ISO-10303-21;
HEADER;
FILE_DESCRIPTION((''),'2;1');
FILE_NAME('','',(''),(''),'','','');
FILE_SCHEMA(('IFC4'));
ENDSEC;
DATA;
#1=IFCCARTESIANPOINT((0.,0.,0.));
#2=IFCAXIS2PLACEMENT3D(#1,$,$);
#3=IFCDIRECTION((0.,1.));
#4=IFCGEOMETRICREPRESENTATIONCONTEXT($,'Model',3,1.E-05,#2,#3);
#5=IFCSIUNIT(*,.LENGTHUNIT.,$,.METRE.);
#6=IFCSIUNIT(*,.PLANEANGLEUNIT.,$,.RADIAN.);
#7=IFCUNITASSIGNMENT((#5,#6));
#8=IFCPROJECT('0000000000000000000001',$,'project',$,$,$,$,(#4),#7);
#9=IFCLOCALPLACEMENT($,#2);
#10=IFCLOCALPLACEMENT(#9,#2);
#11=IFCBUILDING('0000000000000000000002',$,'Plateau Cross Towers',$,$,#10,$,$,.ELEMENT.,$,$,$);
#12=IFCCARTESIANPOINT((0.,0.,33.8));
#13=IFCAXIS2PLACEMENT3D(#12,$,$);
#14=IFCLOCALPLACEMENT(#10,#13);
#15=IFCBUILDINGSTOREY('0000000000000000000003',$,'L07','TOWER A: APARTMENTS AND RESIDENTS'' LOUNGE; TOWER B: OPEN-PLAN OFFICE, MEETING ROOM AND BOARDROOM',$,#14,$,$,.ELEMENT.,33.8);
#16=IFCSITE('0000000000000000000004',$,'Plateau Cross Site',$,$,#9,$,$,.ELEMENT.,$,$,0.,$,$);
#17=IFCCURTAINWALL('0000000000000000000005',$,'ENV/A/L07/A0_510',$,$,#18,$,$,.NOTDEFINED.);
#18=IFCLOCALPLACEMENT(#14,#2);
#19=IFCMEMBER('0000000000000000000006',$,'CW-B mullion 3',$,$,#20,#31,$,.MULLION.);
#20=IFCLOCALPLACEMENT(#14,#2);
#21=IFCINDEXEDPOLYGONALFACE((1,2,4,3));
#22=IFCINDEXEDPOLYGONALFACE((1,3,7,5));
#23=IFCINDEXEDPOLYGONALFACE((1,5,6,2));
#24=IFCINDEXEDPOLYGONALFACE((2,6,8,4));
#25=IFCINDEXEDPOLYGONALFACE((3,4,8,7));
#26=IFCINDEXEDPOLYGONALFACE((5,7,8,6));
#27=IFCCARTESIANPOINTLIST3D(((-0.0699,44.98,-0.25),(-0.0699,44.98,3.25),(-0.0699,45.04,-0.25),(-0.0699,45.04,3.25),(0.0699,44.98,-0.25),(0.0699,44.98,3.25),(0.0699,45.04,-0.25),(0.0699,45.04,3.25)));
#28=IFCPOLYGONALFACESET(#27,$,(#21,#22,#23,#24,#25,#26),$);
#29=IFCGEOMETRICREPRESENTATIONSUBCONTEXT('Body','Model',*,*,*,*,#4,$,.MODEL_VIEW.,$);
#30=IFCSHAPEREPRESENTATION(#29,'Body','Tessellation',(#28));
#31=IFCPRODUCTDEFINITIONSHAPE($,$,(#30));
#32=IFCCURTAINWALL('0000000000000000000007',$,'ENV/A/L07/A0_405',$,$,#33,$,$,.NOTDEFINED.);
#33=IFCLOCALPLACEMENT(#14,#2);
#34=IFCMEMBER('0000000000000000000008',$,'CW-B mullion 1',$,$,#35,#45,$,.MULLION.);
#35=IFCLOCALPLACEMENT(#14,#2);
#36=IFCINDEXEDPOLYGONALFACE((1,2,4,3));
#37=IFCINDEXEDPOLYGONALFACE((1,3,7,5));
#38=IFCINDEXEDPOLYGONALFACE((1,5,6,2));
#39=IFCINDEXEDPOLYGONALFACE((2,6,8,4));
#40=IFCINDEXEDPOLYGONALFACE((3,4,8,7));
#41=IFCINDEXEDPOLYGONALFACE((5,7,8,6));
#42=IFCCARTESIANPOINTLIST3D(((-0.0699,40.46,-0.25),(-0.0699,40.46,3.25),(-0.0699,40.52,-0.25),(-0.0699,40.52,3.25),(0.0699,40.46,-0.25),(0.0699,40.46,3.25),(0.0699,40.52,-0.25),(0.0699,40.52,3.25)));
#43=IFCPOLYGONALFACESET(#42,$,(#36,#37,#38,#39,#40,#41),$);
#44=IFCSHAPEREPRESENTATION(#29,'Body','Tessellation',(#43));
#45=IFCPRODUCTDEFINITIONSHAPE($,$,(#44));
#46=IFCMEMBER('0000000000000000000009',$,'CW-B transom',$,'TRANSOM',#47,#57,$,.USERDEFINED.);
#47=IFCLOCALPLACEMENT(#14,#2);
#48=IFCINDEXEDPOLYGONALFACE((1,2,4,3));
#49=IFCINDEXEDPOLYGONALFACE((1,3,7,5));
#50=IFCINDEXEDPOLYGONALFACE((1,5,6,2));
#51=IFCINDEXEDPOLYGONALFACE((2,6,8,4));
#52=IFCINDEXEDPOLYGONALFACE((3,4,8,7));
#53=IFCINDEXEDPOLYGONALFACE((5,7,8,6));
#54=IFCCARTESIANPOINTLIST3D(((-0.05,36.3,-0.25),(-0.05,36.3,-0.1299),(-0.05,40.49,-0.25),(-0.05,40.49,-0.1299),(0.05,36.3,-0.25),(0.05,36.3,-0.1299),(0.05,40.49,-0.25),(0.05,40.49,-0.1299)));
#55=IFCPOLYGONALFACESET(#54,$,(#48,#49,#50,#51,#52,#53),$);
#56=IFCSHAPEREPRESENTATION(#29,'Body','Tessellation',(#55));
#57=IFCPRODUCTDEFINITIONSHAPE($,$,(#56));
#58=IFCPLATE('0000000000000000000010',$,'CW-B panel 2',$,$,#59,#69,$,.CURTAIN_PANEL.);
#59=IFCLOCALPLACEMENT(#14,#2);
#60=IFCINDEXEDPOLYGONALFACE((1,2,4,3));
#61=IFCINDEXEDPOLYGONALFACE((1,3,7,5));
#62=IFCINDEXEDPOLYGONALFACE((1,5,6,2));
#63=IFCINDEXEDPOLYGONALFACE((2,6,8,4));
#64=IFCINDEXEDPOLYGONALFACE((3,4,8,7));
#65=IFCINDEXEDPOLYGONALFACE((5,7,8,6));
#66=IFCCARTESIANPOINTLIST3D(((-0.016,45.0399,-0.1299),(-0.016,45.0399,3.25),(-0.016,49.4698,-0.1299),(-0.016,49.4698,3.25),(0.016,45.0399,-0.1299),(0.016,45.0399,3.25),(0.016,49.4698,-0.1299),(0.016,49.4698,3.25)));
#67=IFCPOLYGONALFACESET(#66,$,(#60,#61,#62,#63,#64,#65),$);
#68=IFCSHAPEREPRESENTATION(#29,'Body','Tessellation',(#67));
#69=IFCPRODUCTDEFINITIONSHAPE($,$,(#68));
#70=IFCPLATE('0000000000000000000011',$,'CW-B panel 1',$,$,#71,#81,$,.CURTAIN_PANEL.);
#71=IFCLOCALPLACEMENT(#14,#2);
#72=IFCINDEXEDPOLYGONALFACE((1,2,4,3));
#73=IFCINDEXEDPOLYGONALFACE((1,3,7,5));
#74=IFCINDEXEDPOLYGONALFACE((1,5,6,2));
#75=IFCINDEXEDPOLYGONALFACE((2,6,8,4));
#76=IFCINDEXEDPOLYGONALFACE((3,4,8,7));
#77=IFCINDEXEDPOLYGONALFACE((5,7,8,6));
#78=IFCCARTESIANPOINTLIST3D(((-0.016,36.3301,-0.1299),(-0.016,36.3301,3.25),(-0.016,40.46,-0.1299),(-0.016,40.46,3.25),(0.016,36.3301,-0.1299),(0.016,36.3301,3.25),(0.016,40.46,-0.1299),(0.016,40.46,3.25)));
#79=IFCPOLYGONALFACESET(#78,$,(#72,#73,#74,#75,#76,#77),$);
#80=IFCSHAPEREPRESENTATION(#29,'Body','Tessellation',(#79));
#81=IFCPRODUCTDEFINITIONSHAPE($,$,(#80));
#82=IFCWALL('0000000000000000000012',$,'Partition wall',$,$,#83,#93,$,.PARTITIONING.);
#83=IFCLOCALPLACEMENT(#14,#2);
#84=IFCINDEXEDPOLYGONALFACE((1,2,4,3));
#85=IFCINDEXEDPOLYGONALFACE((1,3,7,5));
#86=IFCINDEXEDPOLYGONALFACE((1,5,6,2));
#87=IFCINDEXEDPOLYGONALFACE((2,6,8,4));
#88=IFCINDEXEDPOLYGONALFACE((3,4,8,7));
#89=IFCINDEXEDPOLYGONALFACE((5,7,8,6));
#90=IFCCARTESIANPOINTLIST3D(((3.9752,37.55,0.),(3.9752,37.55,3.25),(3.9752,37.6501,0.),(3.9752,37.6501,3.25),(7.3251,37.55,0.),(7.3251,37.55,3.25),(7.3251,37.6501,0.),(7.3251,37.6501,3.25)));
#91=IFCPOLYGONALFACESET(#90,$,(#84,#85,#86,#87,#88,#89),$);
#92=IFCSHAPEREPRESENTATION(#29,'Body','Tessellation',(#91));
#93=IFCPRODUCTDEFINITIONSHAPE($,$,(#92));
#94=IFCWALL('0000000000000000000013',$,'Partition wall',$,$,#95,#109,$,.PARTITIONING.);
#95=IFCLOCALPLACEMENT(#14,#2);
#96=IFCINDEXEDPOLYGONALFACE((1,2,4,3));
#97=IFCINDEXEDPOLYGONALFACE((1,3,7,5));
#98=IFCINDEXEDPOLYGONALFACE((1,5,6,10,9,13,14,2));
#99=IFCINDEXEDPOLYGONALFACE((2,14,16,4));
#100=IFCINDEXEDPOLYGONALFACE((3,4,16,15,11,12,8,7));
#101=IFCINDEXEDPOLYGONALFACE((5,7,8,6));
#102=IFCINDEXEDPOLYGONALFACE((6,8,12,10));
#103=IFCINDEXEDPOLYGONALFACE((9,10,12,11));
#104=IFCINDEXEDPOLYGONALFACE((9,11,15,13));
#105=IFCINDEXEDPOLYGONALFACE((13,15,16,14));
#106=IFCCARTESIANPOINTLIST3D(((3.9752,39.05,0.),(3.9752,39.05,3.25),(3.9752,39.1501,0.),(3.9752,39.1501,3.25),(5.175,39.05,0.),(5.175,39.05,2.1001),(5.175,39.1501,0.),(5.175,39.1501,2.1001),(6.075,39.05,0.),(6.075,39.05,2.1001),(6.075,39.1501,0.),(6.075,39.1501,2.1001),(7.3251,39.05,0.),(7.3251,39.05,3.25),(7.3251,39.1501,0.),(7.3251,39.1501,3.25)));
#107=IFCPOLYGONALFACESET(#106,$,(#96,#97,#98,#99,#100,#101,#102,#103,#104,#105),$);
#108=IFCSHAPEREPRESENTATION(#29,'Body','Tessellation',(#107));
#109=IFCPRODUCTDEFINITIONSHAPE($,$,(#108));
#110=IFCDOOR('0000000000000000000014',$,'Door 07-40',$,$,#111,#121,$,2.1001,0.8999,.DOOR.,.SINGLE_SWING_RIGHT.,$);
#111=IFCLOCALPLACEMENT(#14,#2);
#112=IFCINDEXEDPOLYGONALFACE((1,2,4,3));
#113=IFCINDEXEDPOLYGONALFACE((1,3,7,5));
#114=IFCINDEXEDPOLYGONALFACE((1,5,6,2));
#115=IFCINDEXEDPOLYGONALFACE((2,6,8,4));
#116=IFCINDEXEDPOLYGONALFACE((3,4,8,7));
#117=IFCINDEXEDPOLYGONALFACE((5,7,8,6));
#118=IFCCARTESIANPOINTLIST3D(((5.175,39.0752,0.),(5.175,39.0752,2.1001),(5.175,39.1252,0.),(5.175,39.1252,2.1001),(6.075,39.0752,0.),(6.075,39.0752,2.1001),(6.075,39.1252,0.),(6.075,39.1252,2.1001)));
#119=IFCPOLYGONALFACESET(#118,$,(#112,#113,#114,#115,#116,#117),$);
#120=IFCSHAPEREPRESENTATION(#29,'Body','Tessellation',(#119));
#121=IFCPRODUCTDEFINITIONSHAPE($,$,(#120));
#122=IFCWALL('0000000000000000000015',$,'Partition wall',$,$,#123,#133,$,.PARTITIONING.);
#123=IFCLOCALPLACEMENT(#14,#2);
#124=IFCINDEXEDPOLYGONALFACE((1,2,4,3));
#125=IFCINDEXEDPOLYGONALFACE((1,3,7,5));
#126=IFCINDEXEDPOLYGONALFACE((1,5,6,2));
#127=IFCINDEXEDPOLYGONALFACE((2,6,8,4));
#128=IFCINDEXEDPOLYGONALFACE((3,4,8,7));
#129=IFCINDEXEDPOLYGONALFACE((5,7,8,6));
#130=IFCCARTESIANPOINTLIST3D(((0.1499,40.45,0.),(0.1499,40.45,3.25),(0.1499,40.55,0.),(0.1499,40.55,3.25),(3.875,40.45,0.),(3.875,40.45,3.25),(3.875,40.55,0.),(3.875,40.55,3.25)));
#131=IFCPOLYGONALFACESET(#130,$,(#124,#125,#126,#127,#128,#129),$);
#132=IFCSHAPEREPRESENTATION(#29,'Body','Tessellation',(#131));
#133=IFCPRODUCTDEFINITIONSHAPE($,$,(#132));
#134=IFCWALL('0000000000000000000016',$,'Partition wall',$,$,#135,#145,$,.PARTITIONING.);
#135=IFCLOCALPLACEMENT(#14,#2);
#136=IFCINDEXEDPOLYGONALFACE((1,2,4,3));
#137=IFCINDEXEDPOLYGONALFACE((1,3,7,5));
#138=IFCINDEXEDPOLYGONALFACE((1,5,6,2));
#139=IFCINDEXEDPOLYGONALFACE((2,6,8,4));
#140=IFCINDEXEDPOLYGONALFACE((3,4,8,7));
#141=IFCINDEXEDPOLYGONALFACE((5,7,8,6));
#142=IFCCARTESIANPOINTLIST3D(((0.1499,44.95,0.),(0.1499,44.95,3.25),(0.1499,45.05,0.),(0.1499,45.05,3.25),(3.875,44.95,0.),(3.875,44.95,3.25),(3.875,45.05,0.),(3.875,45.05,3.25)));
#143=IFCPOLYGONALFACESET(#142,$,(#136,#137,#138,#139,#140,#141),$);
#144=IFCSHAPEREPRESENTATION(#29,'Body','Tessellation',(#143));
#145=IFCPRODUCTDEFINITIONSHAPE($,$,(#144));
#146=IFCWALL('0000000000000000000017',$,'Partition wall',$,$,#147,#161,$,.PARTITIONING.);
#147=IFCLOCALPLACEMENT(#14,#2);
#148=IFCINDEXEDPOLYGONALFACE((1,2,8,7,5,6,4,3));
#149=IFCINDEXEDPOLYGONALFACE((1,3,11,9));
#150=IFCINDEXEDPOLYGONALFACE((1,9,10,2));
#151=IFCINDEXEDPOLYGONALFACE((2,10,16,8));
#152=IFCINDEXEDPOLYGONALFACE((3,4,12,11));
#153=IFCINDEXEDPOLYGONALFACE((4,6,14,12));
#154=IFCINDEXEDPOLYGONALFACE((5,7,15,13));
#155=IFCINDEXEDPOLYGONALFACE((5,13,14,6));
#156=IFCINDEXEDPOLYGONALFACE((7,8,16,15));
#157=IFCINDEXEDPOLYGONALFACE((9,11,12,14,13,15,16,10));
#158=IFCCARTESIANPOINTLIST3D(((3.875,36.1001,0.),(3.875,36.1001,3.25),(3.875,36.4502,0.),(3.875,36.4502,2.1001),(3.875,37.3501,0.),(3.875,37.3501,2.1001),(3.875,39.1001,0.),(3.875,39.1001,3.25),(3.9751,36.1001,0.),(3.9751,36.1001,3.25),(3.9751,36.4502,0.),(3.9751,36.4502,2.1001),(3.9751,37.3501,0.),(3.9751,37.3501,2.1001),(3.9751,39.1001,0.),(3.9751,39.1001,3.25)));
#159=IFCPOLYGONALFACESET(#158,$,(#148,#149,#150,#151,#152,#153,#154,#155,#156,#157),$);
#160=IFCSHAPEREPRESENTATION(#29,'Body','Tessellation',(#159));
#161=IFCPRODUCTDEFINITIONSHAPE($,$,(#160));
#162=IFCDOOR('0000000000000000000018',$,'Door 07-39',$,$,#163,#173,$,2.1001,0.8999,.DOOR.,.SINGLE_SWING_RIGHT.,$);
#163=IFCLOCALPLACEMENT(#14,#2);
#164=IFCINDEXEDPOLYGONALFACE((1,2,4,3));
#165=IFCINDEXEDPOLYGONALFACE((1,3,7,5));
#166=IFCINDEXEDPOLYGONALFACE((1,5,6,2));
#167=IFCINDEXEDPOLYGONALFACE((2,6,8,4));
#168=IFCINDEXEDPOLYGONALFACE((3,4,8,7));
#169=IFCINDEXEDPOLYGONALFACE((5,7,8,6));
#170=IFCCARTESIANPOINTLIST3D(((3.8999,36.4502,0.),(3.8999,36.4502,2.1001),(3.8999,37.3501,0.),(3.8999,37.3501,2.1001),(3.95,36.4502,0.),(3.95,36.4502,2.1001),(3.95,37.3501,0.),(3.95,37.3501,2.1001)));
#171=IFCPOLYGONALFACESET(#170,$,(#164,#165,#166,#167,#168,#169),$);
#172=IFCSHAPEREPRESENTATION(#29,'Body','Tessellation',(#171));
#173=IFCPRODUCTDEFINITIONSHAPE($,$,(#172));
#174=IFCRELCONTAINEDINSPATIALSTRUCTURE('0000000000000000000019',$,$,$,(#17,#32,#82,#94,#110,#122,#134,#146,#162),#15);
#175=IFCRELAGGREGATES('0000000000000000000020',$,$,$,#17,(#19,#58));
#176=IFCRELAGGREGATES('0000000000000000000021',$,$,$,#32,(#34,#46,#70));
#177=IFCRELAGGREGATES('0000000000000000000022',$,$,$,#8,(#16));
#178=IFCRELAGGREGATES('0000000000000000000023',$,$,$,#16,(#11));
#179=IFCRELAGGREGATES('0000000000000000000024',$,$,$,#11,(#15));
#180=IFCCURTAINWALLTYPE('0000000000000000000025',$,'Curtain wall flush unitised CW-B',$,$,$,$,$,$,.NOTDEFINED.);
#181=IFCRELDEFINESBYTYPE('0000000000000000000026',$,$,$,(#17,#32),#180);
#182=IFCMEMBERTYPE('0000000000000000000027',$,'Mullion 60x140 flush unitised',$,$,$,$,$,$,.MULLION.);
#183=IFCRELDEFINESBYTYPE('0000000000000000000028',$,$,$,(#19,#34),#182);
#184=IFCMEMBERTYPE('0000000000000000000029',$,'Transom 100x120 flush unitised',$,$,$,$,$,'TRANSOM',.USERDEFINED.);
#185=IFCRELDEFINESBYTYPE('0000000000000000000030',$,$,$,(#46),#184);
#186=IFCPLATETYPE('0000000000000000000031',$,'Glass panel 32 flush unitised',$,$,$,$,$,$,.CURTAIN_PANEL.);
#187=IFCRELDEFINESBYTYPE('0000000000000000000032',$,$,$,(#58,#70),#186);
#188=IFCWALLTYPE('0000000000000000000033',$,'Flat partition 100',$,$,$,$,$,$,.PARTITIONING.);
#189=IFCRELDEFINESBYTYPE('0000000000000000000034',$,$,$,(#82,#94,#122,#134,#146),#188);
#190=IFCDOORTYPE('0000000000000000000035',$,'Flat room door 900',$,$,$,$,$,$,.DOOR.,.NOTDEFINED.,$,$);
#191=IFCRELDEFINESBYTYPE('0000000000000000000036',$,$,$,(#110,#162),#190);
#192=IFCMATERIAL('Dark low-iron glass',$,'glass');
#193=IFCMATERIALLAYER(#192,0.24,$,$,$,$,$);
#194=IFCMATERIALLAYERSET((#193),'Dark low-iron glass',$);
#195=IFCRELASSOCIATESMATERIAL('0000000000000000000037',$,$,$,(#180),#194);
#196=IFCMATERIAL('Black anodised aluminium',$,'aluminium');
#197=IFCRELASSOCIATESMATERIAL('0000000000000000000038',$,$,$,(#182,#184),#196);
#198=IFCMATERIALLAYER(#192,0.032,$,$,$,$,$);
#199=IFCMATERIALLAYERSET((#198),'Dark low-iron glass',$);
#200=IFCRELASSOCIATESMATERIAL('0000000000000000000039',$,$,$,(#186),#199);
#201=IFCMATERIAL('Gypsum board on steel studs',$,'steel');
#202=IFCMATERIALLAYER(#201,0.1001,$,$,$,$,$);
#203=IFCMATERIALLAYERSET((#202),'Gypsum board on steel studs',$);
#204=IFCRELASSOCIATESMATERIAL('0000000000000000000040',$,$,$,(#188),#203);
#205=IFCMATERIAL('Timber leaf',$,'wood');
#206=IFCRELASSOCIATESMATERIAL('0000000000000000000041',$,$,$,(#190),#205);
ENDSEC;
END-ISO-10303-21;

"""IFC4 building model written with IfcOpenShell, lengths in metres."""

from ifc_helpers import new_model, si_unit, direction, frame, frame_2d, origin, origin_2d, place, context, subcontext, project, spatial, rectangle, extrude, material, layer, layer_set, material_profile, profile_set, type_object, element, fill, aggregate, save


model = new_model("IFC4")

# Units and contexts
model_context = context("Model", 3, precision=1e-05, world=origin(), true_north=direction((0.0, 1.0)))
body_context = subcontext(model_context, "Body", "Model", "MODEL_VIEW")
ifc_project = project(units=[si_unit("LENGTHUNIT", "METRE"), si_unit("PLANEANGLEUNIT", "RADIAN")], contexts=[model_context])

# Site, building, storey
site_placement = place(None, origin())
site = spatial("IfcSite", under=ifc_project, at=site_placement, Name="Plateau Cross Site", CompositionType="ELEMENT", RefElevation=0.0)
building_placement = place(site_placement, origin())
building = spatial("IfcBuilding", under=site, at=building_placement, Name="Plateau Cross Towers", CompositionType="ELEMENT")
storey_placement = place(building_placement, frame((0.0, 0.0, 33.8)))
storey = spatial("IfcBuildingStorey", under=building, at=storey_placement, Name="L07", Description="TOWER A: APARTMENTS AND RESIDENTS' LOUNGE; TOWER B: OPEN-PLAN OFFICE, MEETING ROOM AND BOARDROOM", CompositionType="ELEMENT", Elevation=33.8)

# Curtain wall, member
ifc_material_1 = material(Name="Dark low-iron glass", Category="glass")
ifc_layer_1 = layer(ifc_material_1, 0.24)
ifc_layer_set_1 = layer_set([ifc_layer_1], Name="Dark low-iron glass")
curtain_wall_type = type_object("IfcCurtainWallType", Name="Curtain wall flush unitised CW-B", PredefinedType="NOTDEFINED", material=ifc_layer_set_1)
curtain_wall_1_placement = place(storey_placement, origin())
curtain_wall_1 = element("IfcCurtainWall", 1, at=curtain_wall_1_placement, inside=storey, type_object=curtain_wall_type, Name="ENV/A/L07/A0_510", PredefinedType="NOTDEFINED")
ifc_material_2 = material(Name="Black anodised aluminium", Category="aluminium")
ifc_material_profile_1 = material_profile(ifc_material_2, rectangle(XDim=0.0601, YDim=0.1399, at=origin_2d()), Name="MULLION 60x140")
ifc_profile_set_1 = profile_set([ifc_material_profile_1], Name="Black anodised aluminium")
member_type_1 = type_object("IfcMemberType", Name="Mullion 60x140 flush unitised", PredefinedType="MULLION", material=ifc_profile_set_1)
member_1_placement = place(storey_placement, frame((0.0, 45.01, -0.25), z_axis=(0.0, 0.0, 1.0), x_axis=(0.0, -1.0, 0.0)))
member_1 = element("IfcMember", 2, at=member_1_placement, type_object=member_type_1, Name="CW-B mullion 3", PredefinedType="MULLION", context=body_context, shape_type="SweptSolid", body=[
    extrude(rectangle(XDim=0.0601, YDim=0.1399, at=origin_2d()), origin(), (0.0, 0.0, 1.0), 3.5),
])

# Curtain wall, members
curtain_wall_2_placement = place(storey_placement, origin())
curtain_wall_2 = element("IfcCurtainWall", 3, at=curtain_wall_2_placement, inside=storey, type_object=curtain_wall_type, Name="ENV/A/L07/A0_405", PredefinedType="NOTDEFINED")
member_2_placement = place(storey_placement, frame((0.0, 40.49, -0.25), z_axis=(0.0, 0.0, 1.0), x_axis=(0.0, -1.0, 0.0)))
member_2 = element("IfcMember", 4, at=member_2_placement, type_object=member_type_1, Name="CW-B mullion 1", PredefinedType="MULLION", context=body_context, shape_type="SweptSolid", body=[
    extrude(rectangle(XDim=0.0601, YDim=0.1399, at=origin_2d()), origin(), (0.0, 0.0, 1.0), 3.5),
])
ifc_material_profile_2 = material_profile(ifc_material_2, rectangle(XDim=0.1001, YDim=0.1201, at=origin_2d()), Name="TRANSOM 100x120")
ifc_profile_set_2 = profile_set([ifc_material_profile_2], Name="Black anodised aluminium")
member_type_2 = type_object("IfcMemberType", Name="Transom 100x120 flush unitised", ElementType="TRANSOM", PredefinedType="USERDEFINED", material=ifc_profile_set_2)
member_3_placement = place(storey_placement, frame((0.0, 40.49, -0.1899), z_axis=(0.0, -1.0, 0.0), x_axis=(1.0, 0.0, 0.0)))
member_3 = element("IfcMember", 5, at=member_3_placement, type_object=member_type_2, Name="CW-B transom", ObjectType="TRANSOM", PredefinedType="USERDEFINED", context=body_context, shape_type="SweptSolid", body=[
    extrude(rectangle(XDim=0.1001, YDim=0.1201, at=origin_2d()), origin(), (0.0, 0.0, 1.0), 4.1899),
])

# Plates
ifc_layer_2 = layer(ifc_material_1, 0.032)
ifc_layer_set_2 = layer_set([ifc_layer_2], Name="Dark low-iron glass")
plate_type = type_object("IfcPlateType", Name="Glass panel 32 flush unitised", PredefinedType="CURTAIN_PANEL", material=ifc_layer_set_2)
plate_1_placement = place(storey_placement, frame((0.0, 47.2549, -0.1299), z_axis=(0.0, 0.0, 1.0), x_axis=(0.0, -1.0, 0.0)))
plate_1 = element("IfcPlate", 6, at=plate_1_placement, type_object=plate_type, Name="CW-B panel 2", PredefinedType="CURTAIN_PANEL", context=body_context, shape_type="SweptSolid", body=[
    extrude(rectangle(XDim=4.4299, YDim=0.032, at=origin_2d()), origin(), (0.0, 0.0, 1.0), 3.3799),
])
aggregate(curtain_wall_1, [member_1, plate_1])
plate_2_placement = place(storey_placement, frame((0.0, 38.395, -0.1299), z_axis=(0.0, 0.0, 1.0), x_axis=(0.0, -1.0, 0.0)))
plate_2 = element("IfcPlate", 7, at=plate_2_placement, type_object=plate_type, Name="CW-B panel 1", PredefinedType="CURTAIN_PANEL", context=body_context, shape_type="SweptSolid", body=[
    extrude(rectangle(XDim=4.1299, YDim=0.032, at=origin_2d()), origin(), (0.0, 0.0, 1.0), 3.3799),
])
aggregate(curtain_wall_2, [member_2, member_3, plate_2])

# Wall
ifc_material_3 = material(Name="Gypsum board on steel studs", Category="steel")
ifc_layer_3 = layer(ifc_material_3, 0.1001)
ifc_layer_set_3 = layer_set([ifc_layer_3], Name="Gypsum board on steel studs")
wall_type_1 = type_object("IfcWallType", Name="Flat partition 100", PredefinedType="PARTITIONING", material=ifc_layer_set_3)
wall_1_placement = place(storey_placement, frame((7.325, 37.6001, 0.0), z_axis=(0.0, 0.0, 1.0), x_axis=(-1.0, 0.0, 0.0)))
element("IfcWall", 8, at=wall_1_placement, inside=storey, type_object=wall_type_1, Name="Partition wall", PredefinedType="PARTITIONING", context=body_context, shape_type="SweptSolid", body=[
    extrude(rectangle(XDim=3.3499, YDim=0.1001, at=frame_2d((1.6748, 0.0))), origin(), (0.0, 0.0, 1.0), 3.25),
])

# Wall, opening, door
wall_2_placement = place(storey_placement, frame((7.325, 39.1001, 0.0), z_axis=(0.0, 0.0, 1.0), x_axis=(-1.0, 0.0, 0.0)))
wall_2 = element("IfcWall", 9, at=wall_2_placement, inside=storey, type_object=wall_type_1, Name="Partition wall", PredefinedType="PARTITIONING", context=body_context, shape_type="SweptSolid", body=[
    extrude(rectangle(XDim=3.3499, YDim=0.1001, at=frame_2d((1.6748, 0.0))), origin(), (0.0, 0.0, 1.0), 3.25),
])
opening_1_placement = place(wall_2_placement, frame((1.25, 0.0, 0.0)))
opening_1 = element("IfcOpeningElement", 10, at=opening_1_placement, cuts=wall_2, PredefinedType="OPENING", context=body_context, shape_type="SweptSolid", body=[
    extrude(rectangle(XDim=0.8999, YDim=2.1001, at=frame_2d((0.45, 1.05))), frame((0.0, 0.0601, 0.0), z_axis=(0.0, -1.0, 0.0), x_axis=(1.0, 0.0, 0.0)), (0.0, 0.0, 1.0), 0.1201),
])
ifc_material_4 = material(Name="Timber leaf", Category="wood")
door_type_1 = type_object("IfcDoorType", Name="Flat room door 900", OperationType="NOTDEFINED", PredefinedType="DOOR", material=ifc_material_4)
door_1_placement = place(opening_1_placement, origin())
door_1 = element("IfcDoor", 11, at=door_1_placement, inside=storey, type_object=door_type_1, Name="Door 07-40", OperationType="SINGLE_SWING_RIGHT", OverallHeight=2.1001, OverallWidth=0.8999, PredefinedType="DOOR", context=body_context, shape_type="SweptSolid", body=[
    extrude(rectangle(XDim=0.8999, YDim=2.1001, at=frame_2d((0.45, 1.05))), frame((0.0, 0.0249, 0.0), z_axis=(0.0, -1.0, 0.0), x_axis=(1.0, 0.0, 0.0)), (0.0, 0.0, 1.0), 0.05),
])
fill(opening_1, door_1)

# Walls
for number, where, z_axis, x_axis, name in (
    (12, (0.1499, 40.5, 0.0), (0.0, 0.0, 1.0), (1.0, 0.0, 0.0), "Partition wall"),
    (13, (3.875, 45.0, 0.0), (0.0, 0.0, 1.0), (-1.0, 0.0, 0.0), "Partition wall"),
):
    element("IfcWall", number, at=place(storey_placement, frame(where, z_axis=z_axis, x_axis=x_axis)), inside=storey, type_object=wall_type_1, Name=name, PredefinedType="PARTITIONING", context=body_context, shape_type="SweptSolid", body=[
        extrude(rectangle(XDim=3.7251, YDim=0.1001, at=frame_2d((1.8625, 0.0))), origin(), (0.0, 0.0, 1.0), 3.25),
    ])

# Wall, opening, door
wall_3_placement = place(storey_placement, frame((3.925, 39.1001, 0.0), z_axis=(0.0, 0.0, 1.0), x_axis=(0.0, -1.0, 0.0)))
wall_3 = element("IfcWall", 14, at=wall_3_placement, inside=storey, type_object=wall_type_1, Name="Partition wall", PredefinedType="PARTITIONING", context=body_context, shape_type="SweptSolid", body=[
    extrude(rectangle(XDim=3.0, YDim=0.1001, at=frame_2d((1.5, 0.0))), origin(), (0.0, 0.0, 1.0), 3.25),
])
opening_2_placement = place(wall_3_placement, frame((1.75, 0.0, 0.0)))
opening_2 = element("IfcOpeningElement", 15, at=opening_2_placement, cuts=wall_3, PredefinedType="OPENING", context=body_context, shape_type="SweptSolid", body=[
    extrude(rectangle(XDim=0.8999, YDim=2.1001, at=frame_2d((0.45, 1.05))), frame((0.0, 0.0601, 0.0), z_axis=(0.0, -1.0, 0.0), x_axis=(1.0, 0.0, 0.0)), (0.0, 0.0, 1.0), 0.1201),
])
door_2_placement = place(opening_2_placement, origin())
door_2 = element("IfcDoor", 16, at=door_2_placement, inside=storey, type_object=door_type_1, Name="Door 07-39", OperationType="SINGLE_SWING_RIGHT", OverallHeight=2.1001, OverallWidth=0.8999, PredefinedType="DOOR", context=body_context, shape_type="SweptSolid", body=[
    extrude(rectangle(XDim=0.8999, YDim=2.1001, at=frame_2d((0.45, 1.05))), frame((0.0, 0.0249, 0.0), z_axis=(0.0, -1.0, 0.0), x_axis=(1.0, 0.0, 0.0)), (0.0, 0.0, 1.0), 0.05),
])
fill(opening_2, door_2)

save(model, "model.ifc")
